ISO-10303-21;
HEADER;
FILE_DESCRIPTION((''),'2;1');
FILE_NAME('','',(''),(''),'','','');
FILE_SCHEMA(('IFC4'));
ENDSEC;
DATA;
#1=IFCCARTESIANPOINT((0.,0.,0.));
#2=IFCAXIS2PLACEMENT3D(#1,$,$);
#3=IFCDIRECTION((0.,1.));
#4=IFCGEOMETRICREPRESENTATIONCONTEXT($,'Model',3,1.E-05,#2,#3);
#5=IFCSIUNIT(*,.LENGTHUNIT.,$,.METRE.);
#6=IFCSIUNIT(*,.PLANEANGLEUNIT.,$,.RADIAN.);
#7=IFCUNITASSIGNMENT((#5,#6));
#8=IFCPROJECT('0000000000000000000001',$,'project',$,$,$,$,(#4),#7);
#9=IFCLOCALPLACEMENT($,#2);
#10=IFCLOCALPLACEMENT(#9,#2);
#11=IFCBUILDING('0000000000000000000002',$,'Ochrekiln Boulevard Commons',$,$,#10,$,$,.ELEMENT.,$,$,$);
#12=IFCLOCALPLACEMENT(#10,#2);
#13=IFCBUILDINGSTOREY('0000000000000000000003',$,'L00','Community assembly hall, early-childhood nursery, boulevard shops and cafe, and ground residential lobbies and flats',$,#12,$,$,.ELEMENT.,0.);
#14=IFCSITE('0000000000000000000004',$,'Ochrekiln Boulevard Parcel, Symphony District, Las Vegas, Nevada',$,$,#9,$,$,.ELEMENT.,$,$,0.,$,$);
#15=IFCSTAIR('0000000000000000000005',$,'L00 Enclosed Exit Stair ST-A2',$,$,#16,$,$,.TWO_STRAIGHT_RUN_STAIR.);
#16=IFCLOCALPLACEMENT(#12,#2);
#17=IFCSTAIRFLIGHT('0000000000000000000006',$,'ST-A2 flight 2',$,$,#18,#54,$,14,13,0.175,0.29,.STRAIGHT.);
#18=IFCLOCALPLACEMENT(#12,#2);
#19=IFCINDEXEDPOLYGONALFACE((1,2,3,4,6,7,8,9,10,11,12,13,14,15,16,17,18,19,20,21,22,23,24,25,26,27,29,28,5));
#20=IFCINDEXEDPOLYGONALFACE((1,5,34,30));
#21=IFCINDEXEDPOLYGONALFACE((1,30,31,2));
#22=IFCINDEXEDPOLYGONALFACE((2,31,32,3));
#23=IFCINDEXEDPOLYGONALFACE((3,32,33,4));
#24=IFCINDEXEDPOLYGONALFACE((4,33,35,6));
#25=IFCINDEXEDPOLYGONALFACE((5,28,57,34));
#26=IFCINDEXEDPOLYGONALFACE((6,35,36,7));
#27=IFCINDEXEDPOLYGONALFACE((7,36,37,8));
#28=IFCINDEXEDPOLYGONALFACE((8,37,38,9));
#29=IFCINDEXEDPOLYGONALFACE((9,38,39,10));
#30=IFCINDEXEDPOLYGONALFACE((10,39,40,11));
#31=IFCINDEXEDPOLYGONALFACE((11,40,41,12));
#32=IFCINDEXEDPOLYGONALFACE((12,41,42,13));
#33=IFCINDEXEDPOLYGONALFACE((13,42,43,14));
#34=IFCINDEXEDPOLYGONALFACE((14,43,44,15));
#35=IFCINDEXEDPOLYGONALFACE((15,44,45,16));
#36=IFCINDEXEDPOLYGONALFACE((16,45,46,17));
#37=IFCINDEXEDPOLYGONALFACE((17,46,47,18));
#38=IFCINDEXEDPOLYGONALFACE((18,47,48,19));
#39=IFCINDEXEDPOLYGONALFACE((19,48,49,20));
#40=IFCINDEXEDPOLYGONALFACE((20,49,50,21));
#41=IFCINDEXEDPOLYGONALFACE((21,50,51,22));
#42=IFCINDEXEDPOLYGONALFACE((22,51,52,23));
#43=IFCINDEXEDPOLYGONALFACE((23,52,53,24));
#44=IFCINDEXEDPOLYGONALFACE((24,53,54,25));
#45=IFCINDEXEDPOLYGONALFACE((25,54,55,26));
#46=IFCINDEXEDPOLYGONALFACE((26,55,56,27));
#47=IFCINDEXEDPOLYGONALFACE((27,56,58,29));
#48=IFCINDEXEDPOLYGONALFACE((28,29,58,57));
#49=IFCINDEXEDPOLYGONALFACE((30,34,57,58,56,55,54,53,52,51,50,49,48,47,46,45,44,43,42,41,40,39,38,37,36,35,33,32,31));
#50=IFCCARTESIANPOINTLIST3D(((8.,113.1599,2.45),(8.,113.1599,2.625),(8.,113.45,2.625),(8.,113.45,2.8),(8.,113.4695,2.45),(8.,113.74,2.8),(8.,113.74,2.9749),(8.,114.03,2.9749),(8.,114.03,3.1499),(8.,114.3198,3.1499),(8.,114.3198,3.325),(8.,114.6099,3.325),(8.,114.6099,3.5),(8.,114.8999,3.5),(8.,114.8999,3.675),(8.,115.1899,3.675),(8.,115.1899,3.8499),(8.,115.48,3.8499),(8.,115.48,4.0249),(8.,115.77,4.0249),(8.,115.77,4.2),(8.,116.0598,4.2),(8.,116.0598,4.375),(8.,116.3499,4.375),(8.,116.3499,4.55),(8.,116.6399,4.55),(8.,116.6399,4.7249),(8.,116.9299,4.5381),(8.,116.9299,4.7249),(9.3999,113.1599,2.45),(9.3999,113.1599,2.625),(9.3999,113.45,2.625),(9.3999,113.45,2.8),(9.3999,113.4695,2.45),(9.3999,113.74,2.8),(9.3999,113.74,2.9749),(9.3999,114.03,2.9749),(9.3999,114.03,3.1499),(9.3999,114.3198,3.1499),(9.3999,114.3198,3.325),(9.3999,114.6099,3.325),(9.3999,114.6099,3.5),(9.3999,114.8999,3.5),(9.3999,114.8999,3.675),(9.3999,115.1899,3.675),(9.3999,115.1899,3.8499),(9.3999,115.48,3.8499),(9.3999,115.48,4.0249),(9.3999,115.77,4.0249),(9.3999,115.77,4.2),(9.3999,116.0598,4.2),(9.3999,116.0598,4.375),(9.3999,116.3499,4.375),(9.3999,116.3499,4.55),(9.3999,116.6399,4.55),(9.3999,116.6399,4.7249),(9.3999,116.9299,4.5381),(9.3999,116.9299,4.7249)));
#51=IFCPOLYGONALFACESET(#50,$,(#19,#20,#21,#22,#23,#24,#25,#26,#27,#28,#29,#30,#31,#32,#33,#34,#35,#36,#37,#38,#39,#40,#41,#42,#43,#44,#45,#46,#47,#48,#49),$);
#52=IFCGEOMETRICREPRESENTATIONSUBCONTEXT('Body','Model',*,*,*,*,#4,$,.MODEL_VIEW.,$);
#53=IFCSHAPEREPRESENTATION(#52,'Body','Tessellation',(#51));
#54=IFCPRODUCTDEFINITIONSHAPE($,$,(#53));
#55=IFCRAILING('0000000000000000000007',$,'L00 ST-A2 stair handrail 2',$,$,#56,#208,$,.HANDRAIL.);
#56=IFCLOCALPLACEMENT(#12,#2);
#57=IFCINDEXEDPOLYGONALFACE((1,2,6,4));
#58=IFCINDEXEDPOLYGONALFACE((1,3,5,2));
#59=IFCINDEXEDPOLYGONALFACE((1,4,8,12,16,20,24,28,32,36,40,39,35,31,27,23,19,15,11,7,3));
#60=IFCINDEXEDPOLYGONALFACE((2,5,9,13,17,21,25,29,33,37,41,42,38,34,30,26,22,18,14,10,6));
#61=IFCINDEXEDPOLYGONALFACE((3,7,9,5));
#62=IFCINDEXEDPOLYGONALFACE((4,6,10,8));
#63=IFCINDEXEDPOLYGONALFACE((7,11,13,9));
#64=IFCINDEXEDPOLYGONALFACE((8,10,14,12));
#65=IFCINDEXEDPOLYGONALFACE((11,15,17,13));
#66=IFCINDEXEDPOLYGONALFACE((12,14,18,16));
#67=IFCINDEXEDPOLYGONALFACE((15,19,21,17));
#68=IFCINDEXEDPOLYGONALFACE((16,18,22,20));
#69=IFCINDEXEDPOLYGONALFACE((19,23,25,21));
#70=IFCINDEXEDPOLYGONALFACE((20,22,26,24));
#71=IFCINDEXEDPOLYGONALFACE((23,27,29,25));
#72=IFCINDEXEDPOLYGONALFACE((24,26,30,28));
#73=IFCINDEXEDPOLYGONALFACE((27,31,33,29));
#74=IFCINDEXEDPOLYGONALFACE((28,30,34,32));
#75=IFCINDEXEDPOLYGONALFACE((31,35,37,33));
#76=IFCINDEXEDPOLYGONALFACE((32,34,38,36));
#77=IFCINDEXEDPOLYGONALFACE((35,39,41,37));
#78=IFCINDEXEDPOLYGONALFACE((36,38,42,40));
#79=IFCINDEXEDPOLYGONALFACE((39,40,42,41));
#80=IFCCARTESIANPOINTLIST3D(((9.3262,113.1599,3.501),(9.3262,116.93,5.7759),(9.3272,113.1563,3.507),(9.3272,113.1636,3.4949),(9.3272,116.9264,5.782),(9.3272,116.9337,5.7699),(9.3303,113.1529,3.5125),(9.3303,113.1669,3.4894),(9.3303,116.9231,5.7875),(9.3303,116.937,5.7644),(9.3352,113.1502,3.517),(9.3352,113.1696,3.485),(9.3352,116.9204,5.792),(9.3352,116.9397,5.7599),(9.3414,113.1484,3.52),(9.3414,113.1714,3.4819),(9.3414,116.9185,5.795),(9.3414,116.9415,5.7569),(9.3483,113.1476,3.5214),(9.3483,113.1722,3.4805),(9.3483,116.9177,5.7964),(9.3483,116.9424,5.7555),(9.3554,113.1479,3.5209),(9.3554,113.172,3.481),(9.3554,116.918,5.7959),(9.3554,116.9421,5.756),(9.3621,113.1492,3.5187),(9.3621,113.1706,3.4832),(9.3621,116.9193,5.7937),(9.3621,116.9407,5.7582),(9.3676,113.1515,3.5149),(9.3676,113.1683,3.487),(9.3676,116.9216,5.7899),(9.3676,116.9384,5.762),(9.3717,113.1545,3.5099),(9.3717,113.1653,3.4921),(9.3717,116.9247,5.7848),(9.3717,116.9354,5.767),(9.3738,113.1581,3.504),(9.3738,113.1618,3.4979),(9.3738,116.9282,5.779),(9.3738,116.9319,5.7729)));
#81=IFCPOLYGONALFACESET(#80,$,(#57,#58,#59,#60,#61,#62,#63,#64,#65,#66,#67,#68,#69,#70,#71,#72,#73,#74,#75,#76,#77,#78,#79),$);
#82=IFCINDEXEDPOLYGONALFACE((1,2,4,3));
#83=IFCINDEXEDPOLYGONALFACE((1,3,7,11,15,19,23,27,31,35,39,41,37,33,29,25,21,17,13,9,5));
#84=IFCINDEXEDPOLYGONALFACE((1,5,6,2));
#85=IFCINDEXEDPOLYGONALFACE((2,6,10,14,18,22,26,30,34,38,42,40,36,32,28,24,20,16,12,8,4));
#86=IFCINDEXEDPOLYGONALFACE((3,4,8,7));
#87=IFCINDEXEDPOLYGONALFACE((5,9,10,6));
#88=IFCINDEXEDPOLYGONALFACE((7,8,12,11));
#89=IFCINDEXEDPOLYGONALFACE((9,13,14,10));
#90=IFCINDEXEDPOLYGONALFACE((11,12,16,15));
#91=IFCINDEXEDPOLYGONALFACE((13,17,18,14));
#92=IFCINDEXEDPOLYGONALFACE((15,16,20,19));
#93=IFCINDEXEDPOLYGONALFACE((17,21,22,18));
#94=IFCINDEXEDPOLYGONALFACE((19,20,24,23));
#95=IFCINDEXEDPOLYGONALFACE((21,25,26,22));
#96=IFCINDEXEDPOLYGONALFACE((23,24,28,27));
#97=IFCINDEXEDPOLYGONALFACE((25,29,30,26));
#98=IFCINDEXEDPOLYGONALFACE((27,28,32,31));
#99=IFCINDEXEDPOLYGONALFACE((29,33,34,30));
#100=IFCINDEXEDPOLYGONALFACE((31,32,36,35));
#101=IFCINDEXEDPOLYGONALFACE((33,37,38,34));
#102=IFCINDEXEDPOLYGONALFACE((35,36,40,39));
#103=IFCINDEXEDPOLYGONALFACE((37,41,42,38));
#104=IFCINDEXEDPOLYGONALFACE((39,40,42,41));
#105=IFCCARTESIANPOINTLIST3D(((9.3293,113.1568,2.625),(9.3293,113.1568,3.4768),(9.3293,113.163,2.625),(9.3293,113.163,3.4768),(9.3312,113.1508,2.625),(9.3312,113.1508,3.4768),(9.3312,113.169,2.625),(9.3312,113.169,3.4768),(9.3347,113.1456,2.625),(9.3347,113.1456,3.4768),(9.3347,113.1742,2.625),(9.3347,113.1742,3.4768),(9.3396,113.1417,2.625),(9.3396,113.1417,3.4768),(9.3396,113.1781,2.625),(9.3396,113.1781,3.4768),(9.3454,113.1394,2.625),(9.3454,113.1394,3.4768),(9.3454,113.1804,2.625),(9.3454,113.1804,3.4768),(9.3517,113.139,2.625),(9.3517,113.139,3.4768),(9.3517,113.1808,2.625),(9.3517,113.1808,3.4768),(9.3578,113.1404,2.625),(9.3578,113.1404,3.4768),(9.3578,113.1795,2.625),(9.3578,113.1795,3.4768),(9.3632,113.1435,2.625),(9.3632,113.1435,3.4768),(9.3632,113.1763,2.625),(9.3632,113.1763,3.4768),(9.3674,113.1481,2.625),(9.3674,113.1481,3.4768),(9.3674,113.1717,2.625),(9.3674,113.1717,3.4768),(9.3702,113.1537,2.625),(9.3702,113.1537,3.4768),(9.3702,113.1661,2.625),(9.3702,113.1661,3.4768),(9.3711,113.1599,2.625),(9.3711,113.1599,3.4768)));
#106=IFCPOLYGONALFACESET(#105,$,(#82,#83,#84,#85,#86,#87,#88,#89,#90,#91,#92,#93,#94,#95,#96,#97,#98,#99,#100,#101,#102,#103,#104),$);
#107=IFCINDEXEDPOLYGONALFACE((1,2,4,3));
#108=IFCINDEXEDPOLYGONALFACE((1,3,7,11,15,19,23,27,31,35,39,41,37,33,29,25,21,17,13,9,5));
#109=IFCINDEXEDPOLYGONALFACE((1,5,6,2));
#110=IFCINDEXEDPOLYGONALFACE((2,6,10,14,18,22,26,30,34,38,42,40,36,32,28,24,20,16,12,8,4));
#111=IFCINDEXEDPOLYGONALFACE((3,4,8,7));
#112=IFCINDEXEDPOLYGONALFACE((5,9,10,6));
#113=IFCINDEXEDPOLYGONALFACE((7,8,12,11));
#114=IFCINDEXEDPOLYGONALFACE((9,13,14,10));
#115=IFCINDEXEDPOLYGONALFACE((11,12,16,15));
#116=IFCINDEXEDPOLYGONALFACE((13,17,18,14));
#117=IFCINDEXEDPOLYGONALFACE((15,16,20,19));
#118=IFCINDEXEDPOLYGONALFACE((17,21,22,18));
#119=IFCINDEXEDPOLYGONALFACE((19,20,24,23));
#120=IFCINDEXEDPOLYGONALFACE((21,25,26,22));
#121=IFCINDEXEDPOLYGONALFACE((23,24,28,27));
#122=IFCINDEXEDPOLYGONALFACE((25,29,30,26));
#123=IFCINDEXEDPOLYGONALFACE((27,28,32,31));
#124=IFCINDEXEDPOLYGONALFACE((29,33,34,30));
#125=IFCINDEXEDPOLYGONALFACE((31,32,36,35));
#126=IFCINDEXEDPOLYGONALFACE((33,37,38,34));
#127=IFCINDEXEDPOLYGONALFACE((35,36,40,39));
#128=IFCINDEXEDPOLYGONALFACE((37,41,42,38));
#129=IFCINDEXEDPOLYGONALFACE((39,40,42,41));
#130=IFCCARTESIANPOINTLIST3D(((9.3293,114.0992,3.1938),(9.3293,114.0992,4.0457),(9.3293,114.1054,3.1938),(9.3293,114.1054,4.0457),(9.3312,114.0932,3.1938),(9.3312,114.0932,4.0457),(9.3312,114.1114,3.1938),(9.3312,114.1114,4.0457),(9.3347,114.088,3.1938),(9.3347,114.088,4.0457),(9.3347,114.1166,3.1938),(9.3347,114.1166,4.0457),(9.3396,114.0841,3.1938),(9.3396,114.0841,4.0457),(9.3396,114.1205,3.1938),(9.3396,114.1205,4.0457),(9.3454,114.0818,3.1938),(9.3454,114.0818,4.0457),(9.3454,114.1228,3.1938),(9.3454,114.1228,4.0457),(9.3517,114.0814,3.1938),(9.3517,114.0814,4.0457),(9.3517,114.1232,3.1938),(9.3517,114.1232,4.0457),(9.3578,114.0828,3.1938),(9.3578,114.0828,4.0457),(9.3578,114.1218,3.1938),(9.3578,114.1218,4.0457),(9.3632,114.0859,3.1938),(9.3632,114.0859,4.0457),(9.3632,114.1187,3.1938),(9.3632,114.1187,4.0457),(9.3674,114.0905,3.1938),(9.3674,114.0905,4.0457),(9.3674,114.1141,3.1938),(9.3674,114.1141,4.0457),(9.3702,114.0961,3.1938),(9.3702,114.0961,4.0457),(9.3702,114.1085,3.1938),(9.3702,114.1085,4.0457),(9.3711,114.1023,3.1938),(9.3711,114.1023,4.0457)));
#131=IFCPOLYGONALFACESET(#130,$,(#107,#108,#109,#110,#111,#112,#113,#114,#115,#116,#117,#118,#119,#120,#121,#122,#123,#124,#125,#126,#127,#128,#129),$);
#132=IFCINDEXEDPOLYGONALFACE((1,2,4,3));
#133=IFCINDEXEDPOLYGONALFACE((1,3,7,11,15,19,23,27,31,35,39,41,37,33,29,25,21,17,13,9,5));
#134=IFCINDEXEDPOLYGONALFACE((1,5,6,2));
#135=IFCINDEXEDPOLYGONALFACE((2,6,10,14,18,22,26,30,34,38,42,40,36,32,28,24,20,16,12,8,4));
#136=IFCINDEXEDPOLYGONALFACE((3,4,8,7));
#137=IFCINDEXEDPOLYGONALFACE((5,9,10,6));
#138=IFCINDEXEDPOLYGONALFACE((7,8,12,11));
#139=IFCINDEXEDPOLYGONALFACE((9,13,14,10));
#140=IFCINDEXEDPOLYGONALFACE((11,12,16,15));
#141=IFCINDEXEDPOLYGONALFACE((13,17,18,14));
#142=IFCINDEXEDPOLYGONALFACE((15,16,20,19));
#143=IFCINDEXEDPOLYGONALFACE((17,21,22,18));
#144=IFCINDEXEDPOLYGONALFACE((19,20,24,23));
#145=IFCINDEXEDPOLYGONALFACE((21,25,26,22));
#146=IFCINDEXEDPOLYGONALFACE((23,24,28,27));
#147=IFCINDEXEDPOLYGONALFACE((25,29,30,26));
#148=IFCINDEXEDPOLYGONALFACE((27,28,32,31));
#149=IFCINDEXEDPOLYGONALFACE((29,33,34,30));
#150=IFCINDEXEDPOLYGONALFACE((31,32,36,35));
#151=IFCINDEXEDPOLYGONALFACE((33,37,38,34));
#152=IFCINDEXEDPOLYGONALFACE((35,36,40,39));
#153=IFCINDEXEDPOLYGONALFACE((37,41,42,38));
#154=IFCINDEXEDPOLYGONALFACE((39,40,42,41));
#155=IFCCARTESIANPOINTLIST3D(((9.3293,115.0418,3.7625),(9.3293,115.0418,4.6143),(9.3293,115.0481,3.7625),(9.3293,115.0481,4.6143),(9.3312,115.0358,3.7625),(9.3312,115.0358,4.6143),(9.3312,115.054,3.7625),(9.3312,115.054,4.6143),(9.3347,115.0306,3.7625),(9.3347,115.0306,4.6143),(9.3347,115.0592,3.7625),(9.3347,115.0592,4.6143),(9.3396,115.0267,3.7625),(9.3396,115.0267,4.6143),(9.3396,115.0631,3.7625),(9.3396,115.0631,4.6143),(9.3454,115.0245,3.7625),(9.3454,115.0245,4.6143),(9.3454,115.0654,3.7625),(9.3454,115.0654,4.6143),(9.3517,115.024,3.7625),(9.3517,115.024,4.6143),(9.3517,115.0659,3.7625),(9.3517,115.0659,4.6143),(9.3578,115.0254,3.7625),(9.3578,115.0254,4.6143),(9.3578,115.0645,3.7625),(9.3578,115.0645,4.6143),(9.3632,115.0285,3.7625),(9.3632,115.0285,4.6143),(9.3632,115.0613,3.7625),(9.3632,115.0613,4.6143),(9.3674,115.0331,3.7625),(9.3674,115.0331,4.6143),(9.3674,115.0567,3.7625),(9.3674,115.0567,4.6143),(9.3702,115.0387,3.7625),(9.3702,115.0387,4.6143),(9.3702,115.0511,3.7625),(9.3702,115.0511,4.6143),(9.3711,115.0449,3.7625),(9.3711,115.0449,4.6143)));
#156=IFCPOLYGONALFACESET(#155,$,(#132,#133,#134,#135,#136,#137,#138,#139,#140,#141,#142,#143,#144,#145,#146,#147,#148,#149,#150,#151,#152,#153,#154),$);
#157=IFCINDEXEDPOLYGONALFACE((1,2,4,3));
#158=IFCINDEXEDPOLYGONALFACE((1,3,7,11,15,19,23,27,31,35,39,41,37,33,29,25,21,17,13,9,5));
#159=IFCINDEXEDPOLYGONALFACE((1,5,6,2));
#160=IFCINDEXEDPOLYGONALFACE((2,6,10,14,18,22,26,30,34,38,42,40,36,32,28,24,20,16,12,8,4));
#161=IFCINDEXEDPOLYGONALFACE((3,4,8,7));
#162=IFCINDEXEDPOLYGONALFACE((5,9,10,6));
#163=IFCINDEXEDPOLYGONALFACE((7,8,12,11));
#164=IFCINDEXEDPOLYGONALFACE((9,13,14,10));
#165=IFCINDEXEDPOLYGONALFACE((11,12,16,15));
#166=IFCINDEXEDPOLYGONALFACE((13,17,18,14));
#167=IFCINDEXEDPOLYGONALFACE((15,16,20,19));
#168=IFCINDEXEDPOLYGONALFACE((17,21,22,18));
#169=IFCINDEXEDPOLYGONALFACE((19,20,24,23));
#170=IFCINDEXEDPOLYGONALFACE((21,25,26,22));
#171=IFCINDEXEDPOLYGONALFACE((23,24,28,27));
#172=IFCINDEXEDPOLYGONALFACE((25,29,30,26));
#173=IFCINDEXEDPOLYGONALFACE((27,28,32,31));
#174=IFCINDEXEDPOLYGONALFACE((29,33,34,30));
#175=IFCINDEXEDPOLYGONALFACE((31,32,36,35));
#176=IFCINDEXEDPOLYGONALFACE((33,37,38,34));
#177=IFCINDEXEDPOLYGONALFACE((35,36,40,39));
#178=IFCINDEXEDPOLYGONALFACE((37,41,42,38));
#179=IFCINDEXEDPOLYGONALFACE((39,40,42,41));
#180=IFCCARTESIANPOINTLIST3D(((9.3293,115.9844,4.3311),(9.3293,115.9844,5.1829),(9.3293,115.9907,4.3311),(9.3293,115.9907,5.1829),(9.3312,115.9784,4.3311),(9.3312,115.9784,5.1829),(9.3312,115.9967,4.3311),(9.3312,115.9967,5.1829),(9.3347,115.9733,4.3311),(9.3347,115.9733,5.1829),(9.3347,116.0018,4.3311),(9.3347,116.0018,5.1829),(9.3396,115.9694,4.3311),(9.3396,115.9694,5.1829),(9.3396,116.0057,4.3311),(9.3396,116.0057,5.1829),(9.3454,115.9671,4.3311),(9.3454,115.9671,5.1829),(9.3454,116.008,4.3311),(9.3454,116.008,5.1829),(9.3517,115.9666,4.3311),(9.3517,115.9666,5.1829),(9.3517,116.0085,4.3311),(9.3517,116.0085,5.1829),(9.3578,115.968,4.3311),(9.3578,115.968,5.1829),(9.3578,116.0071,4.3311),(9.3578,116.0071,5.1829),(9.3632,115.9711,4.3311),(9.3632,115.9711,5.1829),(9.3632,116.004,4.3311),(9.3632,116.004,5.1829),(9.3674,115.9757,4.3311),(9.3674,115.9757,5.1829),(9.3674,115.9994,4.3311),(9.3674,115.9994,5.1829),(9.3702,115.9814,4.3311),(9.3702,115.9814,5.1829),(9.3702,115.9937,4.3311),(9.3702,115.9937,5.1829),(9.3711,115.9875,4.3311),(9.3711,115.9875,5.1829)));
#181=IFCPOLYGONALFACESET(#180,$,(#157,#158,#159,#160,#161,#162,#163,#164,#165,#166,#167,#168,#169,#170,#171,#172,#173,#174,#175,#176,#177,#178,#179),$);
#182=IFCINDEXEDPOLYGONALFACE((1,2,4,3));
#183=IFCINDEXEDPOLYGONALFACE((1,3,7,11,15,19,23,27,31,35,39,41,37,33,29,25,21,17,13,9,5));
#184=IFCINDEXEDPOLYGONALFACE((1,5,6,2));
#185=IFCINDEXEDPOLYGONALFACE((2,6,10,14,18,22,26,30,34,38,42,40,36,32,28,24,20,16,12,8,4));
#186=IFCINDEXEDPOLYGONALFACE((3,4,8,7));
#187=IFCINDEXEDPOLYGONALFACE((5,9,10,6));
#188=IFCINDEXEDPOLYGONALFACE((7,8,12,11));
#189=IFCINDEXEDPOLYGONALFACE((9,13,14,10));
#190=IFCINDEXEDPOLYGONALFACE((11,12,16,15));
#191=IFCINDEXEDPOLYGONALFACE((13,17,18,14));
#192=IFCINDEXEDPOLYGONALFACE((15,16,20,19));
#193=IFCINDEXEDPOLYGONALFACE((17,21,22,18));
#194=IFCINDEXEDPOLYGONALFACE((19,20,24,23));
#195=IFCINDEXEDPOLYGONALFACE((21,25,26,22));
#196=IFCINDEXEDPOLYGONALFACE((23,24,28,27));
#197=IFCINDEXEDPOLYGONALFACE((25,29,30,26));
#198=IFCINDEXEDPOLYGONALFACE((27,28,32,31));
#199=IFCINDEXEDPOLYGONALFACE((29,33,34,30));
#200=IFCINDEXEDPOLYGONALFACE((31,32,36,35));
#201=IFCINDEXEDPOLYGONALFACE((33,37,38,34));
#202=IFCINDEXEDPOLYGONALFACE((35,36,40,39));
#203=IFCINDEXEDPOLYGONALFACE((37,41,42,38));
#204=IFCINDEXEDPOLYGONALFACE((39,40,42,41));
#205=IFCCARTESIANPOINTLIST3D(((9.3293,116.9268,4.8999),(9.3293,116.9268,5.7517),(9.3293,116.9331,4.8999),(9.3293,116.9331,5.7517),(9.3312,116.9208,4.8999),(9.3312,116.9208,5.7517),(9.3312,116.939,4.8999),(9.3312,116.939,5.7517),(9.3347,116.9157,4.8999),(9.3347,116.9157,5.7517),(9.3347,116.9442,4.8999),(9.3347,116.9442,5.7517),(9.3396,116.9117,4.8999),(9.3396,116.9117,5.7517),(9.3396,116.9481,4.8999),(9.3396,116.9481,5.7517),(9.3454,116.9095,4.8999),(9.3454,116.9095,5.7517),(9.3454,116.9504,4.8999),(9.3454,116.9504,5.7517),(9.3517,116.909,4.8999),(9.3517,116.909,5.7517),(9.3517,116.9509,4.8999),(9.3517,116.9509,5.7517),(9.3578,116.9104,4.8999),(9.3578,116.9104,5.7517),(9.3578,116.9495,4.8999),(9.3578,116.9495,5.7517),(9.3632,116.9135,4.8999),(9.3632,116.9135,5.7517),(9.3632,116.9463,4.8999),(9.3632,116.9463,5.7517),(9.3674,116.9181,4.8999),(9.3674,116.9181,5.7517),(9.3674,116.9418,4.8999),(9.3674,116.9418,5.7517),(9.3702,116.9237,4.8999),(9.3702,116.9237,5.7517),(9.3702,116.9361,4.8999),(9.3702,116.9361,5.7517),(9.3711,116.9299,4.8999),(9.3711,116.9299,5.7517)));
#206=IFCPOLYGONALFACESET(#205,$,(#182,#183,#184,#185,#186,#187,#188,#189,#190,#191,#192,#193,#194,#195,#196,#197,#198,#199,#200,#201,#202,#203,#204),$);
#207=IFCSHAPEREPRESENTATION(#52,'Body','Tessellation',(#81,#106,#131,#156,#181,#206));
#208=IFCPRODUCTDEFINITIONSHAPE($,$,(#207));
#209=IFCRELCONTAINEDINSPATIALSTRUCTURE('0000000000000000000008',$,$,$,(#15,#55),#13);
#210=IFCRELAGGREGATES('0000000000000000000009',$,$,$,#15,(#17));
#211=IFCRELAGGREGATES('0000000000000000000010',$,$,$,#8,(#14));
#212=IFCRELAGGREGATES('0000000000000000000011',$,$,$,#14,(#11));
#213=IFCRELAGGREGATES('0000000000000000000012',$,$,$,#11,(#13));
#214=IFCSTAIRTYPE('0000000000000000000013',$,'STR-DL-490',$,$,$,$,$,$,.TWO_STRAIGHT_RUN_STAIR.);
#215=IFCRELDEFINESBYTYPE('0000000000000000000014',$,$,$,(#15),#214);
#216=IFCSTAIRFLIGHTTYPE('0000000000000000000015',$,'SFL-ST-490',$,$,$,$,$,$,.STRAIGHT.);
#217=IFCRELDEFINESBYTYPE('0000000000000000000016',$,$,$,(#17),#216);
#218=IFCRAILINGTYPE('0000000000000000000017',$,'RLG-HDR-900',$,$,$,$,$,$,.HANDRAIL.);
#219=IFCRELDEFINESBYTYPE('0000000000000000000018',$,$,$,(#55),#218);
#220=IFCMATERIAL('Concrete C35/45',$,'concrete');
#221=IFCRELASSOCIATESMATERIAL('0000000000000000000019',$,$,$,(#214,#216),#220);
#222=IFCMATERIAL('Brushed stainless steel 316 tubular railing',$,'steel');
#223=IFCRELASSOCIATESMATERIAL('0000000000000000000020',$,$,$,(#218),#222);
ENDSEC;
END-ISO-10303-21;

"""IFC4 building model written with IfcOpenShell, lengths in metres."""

from ifc_helpers import new_model, si_unit, direction, frame, origin, origin_2d, place, context, subcontext, project, spatial, polyline, circle, outline, extrude, material, type_object, element, aggregate, save


model = new_model("IFC4")

# Units and contexts
model_context = context("Model", 3, precision=1e-05, world=origin(), true_north=direction((0.0, 1.0)))
body_context = subcontext(model_context, "Body", "Model", "MODEL_VIEW")
ifc_project = project(units=[si_unit("LENGTHUNIT", "METRE"), si_unit("PLANEANGLEUNIT", "RADIAN")], contexts=[model_context])

# Site, building, storey
site_placement = place(None, origin())
site = spatial("IfcSite", under=ifc_project, at=site_placement, Name="Ochrekiln Boulevard Parcel, Symphony District, Las Vegas, Nevada", CompositionType="ELEMENT", RefElevation=0.0)
building_placement = place(site_placement, origin())
building = spatial("IfcBuilding", under=site, at=building_placement, Name="Ochrekiln Boulevard Commons", CompositionType="ELEMENT")
storey_placement = place(building_placement, origin())
storey = spatial("IfcBuildingStorey", under=building, at=storey_placement, Name="L00", Description="Community assembly hall, early-childhood nursery, boulevard shops and cafe, and ground residential lobbies and flats", CompositionType="ELEMENT", Elevation=0.0)

# Shared definitions
ifc_material_1 = material(Name="Concrete C35/45", Category="concrete")

# Stair, stair flight
stair_type = type_object("IfcStairType", Name="STR-DL-490", PredefinedType="TWO_STRAIGHT_RUN_STAIR", material=ifc_material_1)
stair_placement = place(storey_placement, origin())
stair = element("IfcStair", 1, at=stair_placement, inside=storey, type_object=stair_type, Name="L00 Enclosed Exit Stair ST-A2", PredefinedType="TWO_STRAIGHT_RUN_STAIR")
stair_flight_type = type_object("IfcStairFlightType", Name="SFL-ST-490", PredefinedType="STRAIGHT", material=ifc_material_1)
stair_flight_placement = place(storey_placement, frame((8.7, 113.1599, 2.45), z_axis=(0.0, 0.0, 1.0), x_axis=(0.0, 1.0, 0.0)))
stair_flight = element("IfcStairFlight", 2, at=stair_flight_placement, type_object=stair_flight_type, Name="ST-A2 flight 2", NumberOfRisers=14, NumberOfTreads=13, PredefinedType="STRAIGHT", RiserHeight=0.175, TreadLength=0.29, context=body_context, shape_type="SweptSolid", body=[
    extrude(outline(polyline([(0.0, 0.0), (0.0, 0.175), (0.29, 0.175), (0.29, 0.3501), (0.5801, 0.3501), (0.5801, 0.5249), (0.8701, 0.5249), (0.8701, 0.7), (1.1599, 0.7), (1.1599, 0.875), (1.45, 0.875), (1.45, 1.05), (1.74, 1.05), (1.74, 1.2251), (2.03, 1.2251), (2.03, 1.3999), (2.3201, 1.3999), (2.3201, 1.575), (2.6101, 1.575), (2.6101, 1.75), (2.8999, 1.75), (2.8999, 1.925), (3.1899, 1.925), (3.1899, 2.1001), (3.48, 2.1001), (3.48, 2.2749), (3.77, 2.2749), (3.77, 2.45), (3.77, 2.0881), (0.3096, 0.0), (0.0, 0.0)])), frame((0.0, 0.7, 0.0), z_axis=(0.0, -1.0, 0.0), x_axis=(1.0, 0.0, 0.0)), (0.0, 0.0, 1.0), 1.3999),
])
aggregate(stair, [stair_flight])

# Railing
ifc_material_2 = material(Name="Brushed stainless steel 316 tubular railing", Category="steel")
railing_type_1 = type_object("IfcRailingType", Name="RLG-HDR-900", PredefinedType="HANDRAIL", material=ifc_material_2)
railing_1_placement = place(storey_placement, frame((9.3501, 113.1599, 2.625)))
element("IfcRailing", 3, at=railing_1_placement, inside=storey, type_object=railing_type_1, Name="L00 ST-A2 stair handrail 2", PredefinedType="HANDRAIL", context=body_context, shape_type="SweptSolid", body=[
    extrude(circle(Radius=0.0239, at=origin_2d()), frame((0.0, 0.0, 0.876), z_axis=(0.0, 0.856199, 0.516647), x_axis=(-1.0, 0.0, 0.0)), (0.0, 0.0, 1.0), 4.4033),
    extrude(circle(Radius=0.021, at=origin_2d()), origin(), (0.0, 0.0, 1.0), 0.8518),
    extrude(circle(Radius=0.021, at=origin_2d()), frame((0.0, 0.9424, 0.5688)), (0.0, 0.0, 1.0), 0.8518),
    extrude(circle(Radius=0.021, at=origin_2d()), frame((0.0, 1.885, 1.1375)), (0.0, 0.0, 1.0), 0.8518),
    extrude(circle(Radius=0.021, at=origin_2d()), frame((0.0, 2.8276, 1.7061)), (0.0, 0.0, 1.0), 0.8518),
    extrude(circle(Radius=0.021, at=origin_2d()), frame((0.0, 3.77, 2.2749)), (0.0, 0.0, 1.0), 0.8518),
])

save(model, "model.ifc")
